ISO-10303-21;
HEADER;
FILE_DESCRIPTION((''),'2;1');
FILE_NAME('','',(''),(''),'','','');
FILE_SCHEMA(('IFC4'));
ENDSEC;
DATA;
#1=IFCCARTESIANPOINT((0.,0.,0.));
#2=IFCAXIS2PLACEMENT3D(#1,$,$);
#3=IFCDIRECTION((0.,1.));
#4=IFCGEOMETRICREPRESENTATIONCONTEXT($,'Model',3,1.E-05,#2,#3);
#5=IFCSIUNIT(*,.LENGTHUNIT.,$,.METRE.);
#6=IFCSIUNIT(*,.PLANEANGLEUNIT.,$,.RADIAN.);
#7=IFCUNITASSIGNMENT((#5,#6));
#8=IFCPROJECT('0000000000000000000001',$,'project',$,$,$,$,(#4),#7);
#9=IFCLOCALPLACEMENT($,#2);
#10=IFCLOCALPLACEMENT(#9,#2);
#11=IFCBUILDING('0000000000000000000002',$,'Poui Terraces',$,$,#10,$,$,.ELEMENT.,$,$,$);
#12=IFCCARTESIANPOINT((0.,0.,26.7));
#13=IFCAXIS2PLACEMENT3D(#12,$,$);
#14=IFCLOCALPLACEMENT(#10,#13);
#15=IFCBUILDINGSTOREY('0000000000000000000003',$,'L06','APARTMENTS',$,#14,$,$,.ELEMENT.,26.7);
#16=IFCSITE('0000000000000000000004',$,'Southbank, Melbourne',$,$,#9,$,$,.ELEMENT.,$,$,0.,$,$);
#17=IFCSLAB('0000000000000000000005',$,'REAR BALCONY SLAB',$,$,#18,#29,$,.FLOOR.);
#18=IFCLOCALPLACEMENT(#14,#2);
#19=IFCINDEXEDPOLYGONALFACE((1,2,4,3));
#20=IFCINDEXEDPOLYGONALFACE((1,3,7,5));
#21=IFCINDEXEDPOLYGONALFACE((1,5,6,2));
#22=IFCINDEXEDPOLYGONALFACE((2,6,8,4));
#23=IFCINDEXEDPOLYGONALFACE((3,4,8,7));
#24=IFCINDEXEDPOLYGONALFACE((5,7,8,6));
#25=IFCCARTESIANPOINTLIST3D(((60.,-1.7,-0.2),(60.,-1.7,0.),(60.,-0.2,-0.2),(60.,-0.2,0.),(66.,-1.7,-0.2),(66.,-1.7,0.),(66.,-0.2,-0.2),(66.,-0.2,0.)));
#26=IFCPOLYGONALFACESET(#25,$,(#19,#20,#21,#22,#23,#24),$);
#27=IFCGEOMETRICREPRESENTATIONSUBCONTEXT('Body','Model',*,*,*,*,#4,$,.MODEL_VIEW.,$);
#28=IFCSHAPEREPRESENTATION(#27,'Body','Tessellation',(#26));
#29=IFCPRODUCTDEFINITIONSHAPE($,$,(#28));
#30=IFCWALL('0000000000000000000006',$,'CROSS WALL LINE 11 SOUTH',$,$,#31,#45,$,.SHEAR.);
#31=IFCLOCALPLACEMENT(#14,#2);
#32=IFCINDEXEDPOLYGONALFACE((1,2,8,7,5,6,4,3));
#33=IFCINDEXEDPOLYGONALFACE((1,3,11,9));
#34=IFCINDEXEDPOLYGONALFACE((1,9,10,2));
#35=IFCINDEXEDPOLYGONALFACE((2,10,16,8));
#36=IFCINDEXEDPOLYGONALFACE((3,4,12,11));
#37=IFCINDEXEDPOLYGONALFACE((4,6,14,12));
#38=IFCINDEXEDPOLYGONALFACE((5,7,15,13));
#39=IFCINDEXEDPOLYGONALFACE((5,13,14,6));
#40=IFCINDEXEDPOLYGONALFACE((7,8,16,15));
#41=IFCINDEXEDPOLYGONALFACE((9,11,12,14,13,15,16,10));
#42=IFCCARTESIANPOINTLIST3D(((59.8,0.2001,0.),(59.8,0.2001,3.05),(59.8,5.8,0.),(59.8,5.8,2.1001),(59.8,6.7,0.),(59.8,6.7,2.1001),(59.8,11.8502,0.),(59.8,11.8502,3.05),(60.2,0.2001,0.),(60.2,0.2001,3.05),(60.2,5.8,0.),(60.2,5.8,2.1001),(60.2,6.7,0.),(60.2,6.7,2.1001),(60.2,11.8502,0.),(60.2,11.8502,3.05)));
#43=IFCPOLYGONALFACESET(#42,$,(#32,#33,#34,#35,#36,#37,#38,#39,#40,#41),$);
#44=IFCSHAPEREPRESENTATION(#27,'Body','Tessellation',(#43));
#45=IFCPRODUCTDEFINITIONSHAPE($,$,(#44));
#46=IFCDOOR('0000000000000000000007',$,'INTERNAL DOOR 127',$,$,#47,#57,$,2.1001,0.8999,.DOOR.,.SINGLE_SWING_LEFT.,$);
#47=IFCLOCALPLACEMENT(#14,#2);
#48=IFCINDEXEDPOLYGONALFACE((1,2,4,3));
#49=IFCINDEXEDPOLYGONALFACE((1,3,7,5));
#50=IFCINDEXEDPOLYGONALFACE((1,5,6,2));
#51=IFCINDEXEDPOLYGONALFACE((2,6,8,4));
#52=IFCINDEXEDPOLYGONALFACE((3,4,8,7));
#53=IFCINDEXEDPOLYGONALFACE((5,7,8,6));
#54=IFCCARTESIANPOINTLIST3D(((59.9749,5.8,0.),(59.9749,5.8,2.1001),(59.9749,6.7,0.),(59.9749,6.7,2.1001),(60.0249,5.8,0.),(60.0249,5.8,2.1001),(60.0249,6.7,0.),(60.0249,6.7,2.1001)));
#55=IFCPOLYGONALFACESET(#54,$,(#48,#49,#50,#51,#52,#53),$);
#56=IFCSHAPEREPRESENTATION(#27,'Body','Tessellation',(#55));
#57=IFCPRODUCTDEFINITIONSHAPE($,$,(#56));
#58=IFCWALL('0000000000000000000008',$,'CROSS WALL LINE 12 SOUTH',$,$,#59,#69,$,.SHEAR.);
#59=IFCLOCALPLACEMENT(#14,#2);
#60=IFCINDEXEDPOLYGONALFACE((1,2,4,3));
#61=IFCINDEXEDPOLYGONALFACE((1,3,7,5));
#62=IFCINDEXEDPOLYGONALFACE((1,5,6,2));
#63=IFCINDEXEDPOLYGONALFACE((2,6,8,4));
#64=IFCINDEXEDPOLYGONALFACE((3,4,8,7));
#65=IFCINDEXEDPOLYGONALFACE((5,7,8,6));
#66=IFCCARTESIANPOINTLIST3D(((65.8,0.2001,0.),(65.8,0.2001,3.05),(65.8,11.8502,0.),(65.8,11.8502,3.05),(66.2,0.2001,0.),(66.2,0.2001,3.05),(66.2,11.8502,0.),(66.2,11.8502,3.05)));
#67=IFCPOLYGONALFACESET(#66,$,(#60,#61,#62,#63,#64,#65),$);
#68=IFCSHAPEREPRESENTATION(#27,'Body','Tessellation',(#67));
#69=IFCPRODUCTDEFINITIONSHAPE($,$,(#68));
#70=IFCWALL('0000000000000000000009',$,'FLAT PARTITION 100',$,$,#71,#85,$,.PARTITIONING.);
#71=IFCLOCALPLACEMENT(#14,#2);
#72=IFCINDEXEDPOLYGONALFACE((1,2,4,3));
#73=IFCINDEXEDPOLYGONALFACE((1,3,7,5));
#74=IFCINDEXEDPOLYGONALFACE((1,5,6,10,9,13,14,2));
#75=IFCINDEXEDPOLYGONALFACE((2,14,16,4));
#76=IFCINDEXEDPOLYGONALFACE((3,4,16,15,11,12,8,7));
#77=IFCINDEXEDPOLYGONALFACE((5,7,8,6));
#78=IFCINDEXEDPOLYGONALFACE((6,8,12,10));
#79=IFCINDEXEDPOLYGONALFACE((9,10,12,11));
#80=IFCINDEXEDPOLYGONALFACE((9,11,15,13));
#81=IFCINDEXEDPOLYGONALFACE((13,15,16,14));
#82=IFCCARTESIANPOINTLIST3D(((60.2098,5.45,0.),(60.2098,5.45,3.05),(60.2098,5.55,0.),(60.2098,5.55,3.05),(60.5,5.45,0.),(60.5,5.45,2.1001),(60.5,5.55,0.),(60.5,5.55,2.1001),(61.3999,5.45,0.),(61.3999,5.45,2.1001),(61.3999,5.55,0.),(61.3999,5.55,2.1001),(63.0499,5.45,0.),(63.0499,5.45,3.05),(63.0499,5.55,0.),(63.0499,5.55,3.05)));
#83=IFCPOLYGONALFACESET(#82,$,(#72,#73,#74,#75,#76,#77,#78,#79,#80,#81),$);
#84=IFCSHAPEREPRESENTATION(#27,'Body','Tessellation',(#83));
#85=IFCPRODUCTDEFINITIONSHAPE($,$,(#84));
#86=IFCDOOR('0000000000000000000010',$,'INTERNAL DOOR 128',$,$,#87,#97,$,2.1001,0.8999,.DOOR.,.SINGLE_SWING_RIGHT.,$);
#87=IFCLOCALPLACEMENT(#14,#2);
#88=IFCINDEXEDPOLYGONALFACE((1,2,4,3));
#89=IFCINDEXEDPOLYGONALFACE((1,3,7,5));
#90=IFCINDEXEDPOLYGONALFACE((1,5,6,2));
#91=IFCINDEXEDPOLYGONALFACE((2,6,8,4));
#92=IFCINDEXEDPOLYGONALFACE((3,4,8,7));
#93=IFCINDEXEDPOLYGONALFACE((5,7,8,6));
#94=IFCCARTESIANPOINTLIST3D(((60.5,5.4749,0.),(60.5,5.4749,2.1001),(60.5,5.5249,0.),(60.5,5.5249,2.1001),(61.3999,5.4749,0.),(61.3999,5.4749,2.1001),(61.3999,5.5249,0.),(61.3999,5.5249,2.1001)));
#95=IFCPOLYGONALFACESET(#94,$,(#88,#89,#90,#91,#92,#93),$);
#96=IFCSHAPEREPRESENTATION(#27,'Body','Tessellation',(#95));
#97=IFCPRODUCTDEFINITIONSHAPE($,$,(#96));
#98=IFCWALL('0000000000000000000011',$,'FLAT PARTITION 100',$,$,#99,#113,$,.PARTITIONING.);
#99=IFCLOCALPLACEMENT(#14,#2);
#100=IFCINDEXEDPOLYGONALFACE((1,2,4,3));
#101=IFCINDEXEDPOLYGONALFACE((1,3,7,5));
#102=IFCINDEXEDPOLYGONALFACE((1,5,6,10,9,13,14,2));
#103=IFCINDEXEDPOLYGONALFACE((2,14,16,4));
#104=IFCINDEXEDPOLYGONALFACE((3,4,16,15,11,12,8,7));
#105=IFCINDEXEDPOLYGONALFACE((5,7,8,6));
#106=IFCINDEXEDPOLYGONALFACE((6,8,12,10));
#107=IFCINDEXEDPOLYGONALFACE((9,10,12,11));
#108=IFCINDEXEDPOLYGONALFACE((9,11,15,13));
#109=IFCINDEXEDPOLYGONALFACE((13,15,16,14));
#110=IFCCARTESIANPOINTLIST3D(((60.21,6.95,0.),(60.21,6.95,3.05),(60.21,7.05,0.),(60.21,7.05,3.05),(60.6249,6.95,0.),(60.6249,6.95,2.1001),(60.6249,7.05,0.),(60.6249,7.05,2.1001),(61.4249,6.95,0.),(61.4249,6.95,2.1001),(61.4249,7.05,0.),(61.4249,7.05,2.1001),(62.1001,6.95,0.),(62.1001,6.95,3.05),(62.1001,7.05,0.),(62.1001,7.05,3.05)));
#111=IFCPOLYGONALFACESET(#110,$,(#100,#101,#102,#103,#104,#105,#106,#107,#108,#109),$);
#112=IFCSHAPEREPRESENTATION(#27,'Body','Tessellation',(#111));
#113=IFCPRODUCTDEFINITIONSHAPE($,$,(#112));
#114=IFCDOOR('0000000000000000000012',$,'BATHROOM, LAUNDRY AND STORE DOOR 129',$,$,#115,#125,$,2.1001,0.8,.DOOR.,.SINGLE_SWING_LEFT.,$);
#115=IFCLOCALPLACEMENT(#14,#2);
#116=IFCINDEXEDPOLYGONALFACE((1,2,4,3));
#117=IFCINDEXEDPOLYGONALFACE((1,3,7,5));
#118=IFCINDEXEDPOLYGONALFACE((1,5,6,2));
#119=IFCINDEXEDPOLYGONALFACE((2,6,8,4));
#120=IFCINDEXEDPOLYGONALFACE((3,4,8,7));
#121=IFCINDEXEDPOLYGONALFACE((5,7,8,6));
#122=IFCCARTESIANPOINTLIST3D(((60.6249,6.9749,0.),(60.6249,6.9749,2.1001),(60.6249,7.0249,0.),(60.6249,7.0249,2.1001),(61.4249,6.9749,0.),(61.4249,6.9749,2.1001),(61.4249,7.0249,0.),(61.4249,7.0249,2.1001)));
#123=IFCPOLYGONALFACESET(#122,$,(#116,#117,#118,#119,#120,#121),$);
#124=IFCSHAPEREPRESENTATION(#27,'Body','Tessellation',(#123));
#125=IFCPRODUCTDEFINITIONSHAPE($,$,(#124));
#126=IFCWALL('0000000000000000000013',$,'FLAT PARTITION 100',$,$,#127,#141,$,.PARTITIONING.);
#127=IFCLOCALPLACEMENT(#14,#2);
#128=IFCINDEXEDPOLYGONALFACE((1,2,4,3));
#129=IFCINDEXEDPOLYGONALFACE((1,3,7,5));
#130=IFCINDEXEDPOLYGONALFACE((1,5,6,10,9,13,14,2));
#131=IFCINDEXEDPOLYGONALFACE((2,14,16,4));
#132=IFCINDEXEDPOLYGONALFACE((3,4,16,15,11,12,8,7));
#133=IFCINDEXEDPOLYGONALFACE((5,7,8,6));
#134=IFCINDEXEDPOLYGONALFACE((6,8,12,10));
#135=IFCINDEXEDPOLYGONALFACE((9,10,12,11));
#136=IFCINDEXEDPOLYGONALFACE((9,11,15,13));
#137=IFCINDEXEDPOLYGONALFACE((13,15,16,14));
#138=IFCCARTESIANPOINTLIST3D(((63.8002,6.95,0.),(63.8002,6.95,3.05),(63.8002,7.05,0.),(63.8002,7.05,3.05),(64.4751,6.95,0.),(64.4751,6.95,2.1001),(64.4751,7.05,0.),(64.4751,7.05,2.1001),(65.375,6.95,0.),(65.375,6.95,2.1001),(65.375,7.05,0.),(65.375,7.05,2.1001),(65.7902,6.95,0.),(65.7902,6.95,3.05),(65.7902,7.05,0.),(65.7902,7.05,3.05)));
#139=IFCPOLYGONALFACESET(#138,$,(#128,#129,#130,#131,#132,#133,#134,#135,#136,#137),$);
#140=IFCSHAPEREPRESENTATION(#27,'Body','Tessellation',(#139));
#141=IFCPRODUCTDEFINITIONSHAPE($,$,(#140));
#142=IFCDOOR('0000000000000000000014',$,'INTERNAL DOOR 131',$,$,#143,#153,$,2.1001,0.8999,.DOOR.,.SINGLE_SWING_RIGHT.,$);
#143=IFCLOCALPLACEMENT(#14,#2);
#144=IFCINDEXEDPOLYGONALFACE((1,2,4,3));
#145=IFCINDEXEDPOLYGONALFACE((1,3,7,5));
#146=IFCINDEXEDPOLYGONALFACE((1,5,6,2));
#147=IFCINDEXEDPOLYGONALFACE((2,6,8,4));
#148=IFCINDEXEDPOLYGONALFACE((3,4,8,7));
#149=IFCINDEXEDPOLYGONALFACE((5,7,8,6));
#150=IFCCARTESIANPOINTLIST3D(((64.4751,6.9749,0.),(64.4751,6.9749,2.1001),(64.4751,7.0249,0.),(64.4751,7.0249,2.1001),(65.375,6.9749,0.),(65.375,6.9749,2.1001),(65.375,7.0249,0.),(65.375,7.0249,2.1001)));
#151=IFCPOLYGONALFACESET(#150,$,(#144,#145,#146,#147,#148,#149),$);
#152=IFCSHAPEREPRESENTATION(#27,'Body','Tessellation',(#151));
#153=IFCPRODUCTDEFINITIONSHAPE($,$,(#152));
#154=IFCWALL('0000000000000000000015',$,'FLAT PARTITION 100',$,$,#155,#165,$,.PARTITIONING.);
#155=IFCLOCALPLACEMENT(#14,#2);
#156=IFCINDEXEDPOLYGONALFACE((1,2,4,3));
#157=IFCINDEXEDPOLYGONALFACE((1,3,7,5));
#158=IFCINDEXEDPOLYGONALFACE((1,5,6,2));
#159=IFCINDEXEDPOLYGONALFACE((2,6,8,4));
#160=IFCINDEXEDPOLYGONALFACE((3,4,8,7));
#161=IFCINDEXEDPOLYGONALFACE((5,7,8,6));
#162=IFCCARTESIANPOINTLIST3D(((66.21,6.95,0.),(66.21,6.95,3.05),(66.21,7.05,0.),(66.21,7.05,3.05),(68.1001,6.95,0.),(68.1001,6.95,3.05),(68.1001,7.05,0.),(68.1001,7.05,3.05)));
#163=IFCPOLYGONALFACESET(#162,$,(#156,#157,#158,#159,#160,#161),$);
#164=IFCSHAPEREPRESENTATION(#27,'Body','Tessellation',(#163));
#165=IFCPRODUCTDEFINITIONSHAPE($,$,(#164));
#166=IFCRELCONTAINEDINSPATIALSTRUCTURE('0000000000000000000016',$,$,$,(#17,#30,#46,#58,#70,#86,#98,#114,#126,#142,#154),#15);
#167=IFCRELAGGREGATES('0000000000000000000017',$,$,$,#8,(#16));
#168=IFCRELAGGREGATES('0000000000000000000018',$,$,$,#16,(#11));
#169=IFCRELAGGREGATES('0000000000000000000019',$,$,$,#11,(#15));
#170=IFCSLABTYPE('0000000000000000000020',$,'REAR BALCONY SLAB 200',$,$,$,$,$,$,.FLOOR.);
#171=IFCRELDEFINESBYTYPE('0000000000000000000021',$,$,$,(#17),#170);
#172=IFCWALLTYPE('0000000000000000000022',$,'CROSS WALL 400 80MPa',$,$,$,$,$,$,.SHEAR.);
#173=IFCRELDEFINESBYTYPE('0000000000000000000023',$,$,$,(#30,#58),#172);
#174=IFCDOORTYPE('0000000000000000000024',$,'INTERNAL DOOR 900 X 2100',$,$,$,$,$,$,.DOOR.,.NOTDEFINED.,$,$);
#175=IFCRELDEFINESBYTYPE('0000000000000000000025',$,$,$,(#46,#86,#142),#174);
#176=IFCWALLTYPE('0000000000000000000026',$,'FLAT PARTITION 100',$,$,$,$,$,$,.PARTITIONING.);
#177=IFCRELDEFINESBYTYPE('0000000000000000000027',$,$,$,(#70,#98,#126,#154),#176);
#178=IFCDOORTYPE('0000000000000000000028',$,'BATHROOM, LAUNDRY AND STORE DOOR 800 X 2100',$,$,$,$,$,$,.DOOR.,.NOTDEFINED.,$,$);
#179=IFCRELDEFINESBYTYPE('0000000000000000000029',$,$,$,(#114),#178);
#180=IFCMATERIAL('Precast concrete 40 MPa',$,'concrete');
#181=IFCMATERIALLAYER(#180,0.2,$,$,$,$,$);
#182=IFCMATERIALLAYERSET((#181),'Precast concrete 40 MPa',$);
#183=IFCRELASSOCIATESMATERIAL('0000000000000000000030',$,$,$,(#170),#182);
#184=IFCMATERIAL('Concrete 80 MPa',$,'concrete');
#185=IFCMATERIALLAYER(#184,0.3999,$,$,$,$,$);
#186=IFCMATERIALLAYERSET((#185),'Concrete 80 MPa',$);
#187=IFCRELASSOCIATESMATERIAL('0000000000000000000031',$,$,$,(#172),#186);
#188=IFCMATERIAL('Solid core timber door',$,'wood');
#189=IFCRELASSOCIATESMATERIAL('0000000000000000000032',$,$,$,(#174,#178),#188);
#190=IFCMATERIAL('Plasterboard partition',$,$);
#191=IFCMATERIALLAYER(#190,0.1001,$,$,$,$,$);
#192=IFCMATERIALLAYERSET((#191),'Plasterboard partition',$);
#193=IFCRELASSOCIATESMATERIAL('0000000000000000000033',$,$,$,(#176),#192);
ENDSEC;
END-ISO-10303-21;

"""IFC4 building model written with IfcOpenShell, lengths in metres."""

from ifc_helpers import new_model, si_unit, direction, frame, frame_2d, origin, place, context, subcontext, project, spatial, polyline, rectangle, outline, extrude, source, transform, mapped, material, layer, layer_set, type_object, element, fill, save


model = new_model("IFC4")

# Units and contexts
model_context = context("Model", 3, precision=1e-05, world=origin(), true_north=direction((0.0, 1.0)))
body_context = subcontext(model_context, "Body", "Model", "MODEL_VIEW")
ifc_project = project(units=[si_unit("LENGTHUNIT", "METRE"), si_unit("PLANEANGLEUNIT", "RADIAN")], contexts=[model_context])

# Site, building, storey
site_placement = place(None, origin())
site = spatial("IfcSite", under=ifc_project, at=site_placement, Name="Southbank, Melbourne", CompositionType="ELEMENT", RefElevation=0.0)
building_placement = place(site_placement, origin())
building = spatial("IfcBuilding", under=site, at=building_placement, Name="Poui Terraces", CompositionType="ELEMENT")
storey_placement = place(building_placement, frame((0.0, 0.0, 26.7)))
storey = spatial("IfcBuildingStorey", under=building, at=storey_placement, Name="L06", Description="APARTMENTS", CompositionType="ELEMENT", Elevation=26.7)

# Slab
ifc_material_1 = material(Name="Precast concrete 40 MPa", Category="concrete")
ifc_layer_1 = layer(ifc_material_1, 0.2)
ifc_layer_set_1 = layer_set([ifc_layer_1], Name="Precast concrete 40 MPa")
slab_type = type_object("IfcSlabType", Name="REAR BALCONY SLAB 200", PredefinedType="FLOOR", material=ifc_layer_set_1)
shared_shape_1 = source(origin(), body_context, "Body", "SweptSolid", [
    extrude(outline(polyline([(0.0, 0.0), (6.0, 0.0), (6.0, 1.5), (0.0, 1.5), (0.0, 0.0)])), origin(), (0.0, 0.0, 1.0), 0.2),
])
slab_placement = place(storey_placement, frame((60.0, -1.7, -0.2)))
element("IfcSlab", 1, at=slab_placement, inside=storey, type_object=slab_type, Name="REAR BALCONY SLAB", PredefinedType="FLOOR", context=body_context, shape_type="MappedRepresentation", body=[
    mapped(shared_shape_1, transform((0.0, 0.0, 0.0))),
])

# Wall, opening, door
ifc_material_2 = material(Name="Concrete 80 MPa", Category="concrete")
ifc_layer_2 = layer(ifc_material_2, 0.3999)
ifc_layer_set_2 = layer_set([ifc_layer_2], Name="Concrete 80 MPa")
wall_type_1 = type_object("IfcWallType", Name="CROSS WALL 400 80MPa", PredefinedType="SHEAR", material=ifc_layer_set_2)
wall_1_placement = place(storey_placement, frame((60.0, 0.2, 0.0), z_axis=(0.0, 0.0, 1.0), x_axis=(0.0, 1.0, 0.0)))
wall_1 = element("IfcWall", 2, at=wall_1_placement, inside=storey, type_object=wall_type_1, Name="CROSS WALL LINE 11 SOUTH", PredefinedType="SHEAR", context=body_context, shape_type="SweptSolid", body=[
    extrude(rectangle(XDim=11.6501, YDim=0.3999, at=frame_2d((5.8252, 0.0))), origin(), (0.0, 0.0, 1.0), 3.05),
])
opening_1_placement = place(wall_1_placement, frame((5.6001, 0.0, 0.0)))
opening_1 = element("IfcOpeningElement", 3, at=opening_1_placement, cuts=wall_1, PredefinedType="OPENING", context=body_context, shape_type="SweptSolid", body=[
    extrude(rectangle(XDim=0.8999, YDim=2.1001, at=frame_2d((0.45, 1.05))), frame((0.0, 0.21, 0.0), z_axis=(0.0, -1.0, 0.0), x_axis=(1.0, 0.0, 0.0)), (0.0, 0.0, 1.0), 0.4199),
])
ifc_material_3 = material(Name="Solid core timber door", Category="wood")
door_type_1 = type_object("IfcDoorType", Name="INTERNAL DOOR 900 X 2100", OperationType="NOTDEFINED", PredefinedType="DOOR", material=ifc_material_3)
door_1_placement = place(opening_1_placement, frame((0.8999, 0.0, 0.0), z_axis=(0.0, 0.0, 1.0), x_axis=(-1.0, 0.0, 0.0)))
door_1 = element("IfcDoor", 4, at=door_1_placement, inside=storey, type_object=door_type_1, Name="INTERNAL DOOR 127", OperationType="SINGLE_SWING_LEFT", OverallHeight=2.1001, OverallWidth=0.8999, PredefinedType="DOOR", context=body_context, shape_type="SweptSolid", body=[
    extrude(rectangle(XDim=0.8999, YDim=2.1001, at=frame_2d((0.45, 1.05))), frame((0.0, 0.0249, 0.0), z_axis=(0.0, -1.0, 0.0), x_axis=(1.0, 0.0, 0.0)), (0.0, 0.0, 1.0), 0.05),
])
fill(opening_1, door_1)

# Wall
wall_2_placement = place(storey_placement, frame((66.0, 0.2, 0.0), z_axis=(0.0, 0.0, 1.0), x_axis=(0.0, 1.0, 0.0)))
element("IfcWall", 5, at=wall_2_placement, inside=storey, type_object=wall_type_1, Name="CROSS WALL LINE 12 SOUTH", PredefinedType="SHEAR", context=body_context, shape_type="SweptSolid", body=[
    extrude(rectangle(XDim=11.6501, YDim=0.3999, at=frame_2d((5.8252, 0.0))), origin(), (0.0, 0.0, 1.0), 3.05),
])

# Walls, openings, doors
ifc_material_4 = material(Name="Plasterboard partition")
ifc_layer_3 = layer(ifc_material_4, 0.1001)
ifc_layer_set_3 = layer_set([ifc_layer_3], Name="Plasterboard partition")
wall_type_2 = type_object("IfcWallType", Name="FLAT PARTITION 100", PredefinedType="PARTITIONING", material=ifc_layer_set_3)
wall_3_placement = place(storey_placement, frame((60.21, 5.5, 0.0), z_axis=(0.0, 0.0, 1.0), x_axis=(1.0, 0.0, 0.0)))
wall_3 = element("IfcWall", 6, at=wall_3_placement, inside=storey, type_object=wall_type_2, Name="FLAT PARTITION 100", PredefinedType="PARTITIONING", context=body_context, shape_type="SweptSolid", body=[
    extrude(rectangle(XDim=2.8401, YDim=0.1001, at=frame_2d((1.4199, 0.0))), origin(), (0.0, 0.0, 1.0), 3.05),
])
opening_2_placement = place(wall_3_placement, frame((0.29, 0.0, 0.0)))
opening_2 = element("IfcOpeningElement", 7, at=opening_2_placement, cuts=wall_3, PredefinedType="OPENING", context=body_context, shape_type="SweptSolid", body=[
    extrude(rectangle(XDim=0.8999, YDim=2.1001, at=frame_2d((0.45, 1.05))), frame((0.0, 0.0601, 0.0), z_axis=(0.0, -1.0, 0.0), x_axis=(1.0, 0.0, 0.0)), (0.0, 0.0, 1.0), 0.1201),
])
door_2_placement = place(opening_2_placement, origin())
door_2 = element("IfcDoor", 8, at=door_2_placement, inside=storey, type_object=door_type_1, Name="INTERNAL DOOR 128", OperationType="SINGLE_SWING_RIGHT", OverallHeight=2.1001, OverallWidth=0.8999, PredefinedType="DOOR", context=body_context, shape_type="SweptSolid", body=[
    extrude(rectangle(XDim=0.8999, YDim=2.1001, at=frame_2d((0.45, 1.05))), frame((0.0, 0.0249, 0.0), z_axis=(0.0, -1.0, 0.0), x_axis=(1.0, 0.0, 0.0)), (0.0, 0.0, 1.0), 0.05),
])
fill(opening_2, door_2)
wall_4_placement = place(storey_placement, frame((60.21, 7.0, 0.0), z_axis=(0.0, 0.0, 1.0), x_axis=(1.0, 0.0, 0.0)))
wall_4 = element("IfcWall", 9, at=wall_4_placement, inside=storey, type_object=wall_type_2, Name="FLAT PARTITION 100", PredefinedType="PARTITIONING", context=body_context, shape_type="SweptSolid", body=[
    extrude(rectangle(XDim=1.8901, YDim=0.1001, at=frame_2d((0.9451, 0.0))), origin(), (0.0, 0.0, 1.0), 3.05),
])
opening_3_placement = place(wall_4_placement, frame((0.415, 0.0, 0.0)))
opening_3 = element("IfcOpeningElement", 10, at=opening_3_placement, cuts=wall_4, PredefinedType="OPENING", context=body_context, shape_type="SweptSolid", body=[
    extrude(rectangle(XDim=0.8, YDim=2.1001, at=frame_2d((0.3999, 1.05))), frame((0.0, 0.0601, 0.0), z_axis=(0.0, -1.0, 0.0), x_axis=(1.0, 0.0, 0.0)), (0.0, 0.0, 1.0), 0.1201),
])
door_type_2 = type_object("IfcDoorType", Name="BATHROOM, LAUNDRY AND STORE DOOR 800 X 2100", OperationType="NOTDEFINED", PredefinedType="DOOR", material=ifc_material_3)
door_3_placement = place(opening_3_placement, origin())
door_3 = element("IfcDoor", 11, at=door_3_placement, inside=storey, type_object=door_type_2, Name="BATHROOM, LAUNDRY AND STORE DOOR 129", OperationType="SINGLE_SWING_LEFT", OverallHeight=2.1001, OverallWidth=0.8, PredefinedType="DOOR", context=body_context, shape_type="SweptSolid", body=[
    extrude(rectangle(XDim=0.8, YDim=2.1001, at=frame_2d((0.3999, 1.05))), frame((0.0, 0.0249, 0.0), z_axis=(0.0, -1.0, 0.0), x_axis=(1.0, 0.0, 0.0)), (0.0, 0.0, 1.0), 0.05),
])
fill(opening_3, door_3)
wall_5_placement = place(storey_placement, frame((63.8, 7.0, 0.0), z_axis=(0.0, 0.0, 1.0), x_axis=(1.0, 0.0, 0.0)))
wall_5 = element("IfcWall", 12, at=wall_5_placement, inside=storey, type_object=wall_type_2, Name="FLAT PARTITION 100", PredefinedType="PARTITIONING", context=body_context, shape_type="SweptSolid", body=[
    extrude(rectangle(XDim=1.99, YDim=0.1001, at=frame_2d((0.9951, 0.0))), origin(), (0.0, 0.0, 1.0), 3.05),
])
opening_4_placement = place(wall_5_placement, frame((0.675, 0.0, 0.0)))
opening_4 = element("IfcOpeningElement", 13, at=opening_4_placement, cuts=wall_5, PredefinedType="OPENING", context=body_context, shape_type="SweptSolid", body=[
    extrude(rectangle(XDim=0.8999, YDim=2.1001, at=frame_2d((0.45, 1.05))), frame((0.0, 0.0601, 0.0), z_axis=(0.0, -1.0, 0.0), x_axis=(1.0, 0.0, 0.0)), (0.0, 0.0, 1.0), 0.1201),
])
door_4_placement = place(opening_4_placement, origin())
door_4 = element("IfcDoor", 14, at=door_4_placement, inside=storey, type_object=door_type_1, Name="INTERNAL DOOR 131", OperationType="SINGLE_SWING_RIGHT", OverallHeight=2.1001, OverallWidth=0.8999, PredefinedType="DOOR", context=body_context, shape_type="SweptSolid", body=[
    extrude(rectangle(XDim=0.8999, YDim=2.1001, at=frame_2d((0.45, 1.05))), frame((0.0, 0.0249, 0.0), z_axis=(0.0, -1.0, 0.0), x_axis=(1.0, 0.0, 0.0)), (0.0, 0.0, 1.0), 0.05),
])
fill(opening_4, door_4)

# Wall
wall_6_placement = place(storey_placement, frame((66.21, 7.0, 0.0), z_axis=(0.0, 0.0, 1.0), x_axis=(1.0, 0.0, 0.0)))
element("IfcWall", 15, at=wall_6_placement, inside=storey, type_object=wall_type_2, Name="FLAT PARTITION 100", PredefinedType="PARTITIONING", context=body_context, shape_type="SweptSolid", body=[
    extrude(rectangle(XDim=1.8901, YDim=0.1001, at=frame_2d((0.9451, 0.0))), origin(), (0.0, 0.0, 1.0), 3.05),
])

save(model, "model.ifc")
